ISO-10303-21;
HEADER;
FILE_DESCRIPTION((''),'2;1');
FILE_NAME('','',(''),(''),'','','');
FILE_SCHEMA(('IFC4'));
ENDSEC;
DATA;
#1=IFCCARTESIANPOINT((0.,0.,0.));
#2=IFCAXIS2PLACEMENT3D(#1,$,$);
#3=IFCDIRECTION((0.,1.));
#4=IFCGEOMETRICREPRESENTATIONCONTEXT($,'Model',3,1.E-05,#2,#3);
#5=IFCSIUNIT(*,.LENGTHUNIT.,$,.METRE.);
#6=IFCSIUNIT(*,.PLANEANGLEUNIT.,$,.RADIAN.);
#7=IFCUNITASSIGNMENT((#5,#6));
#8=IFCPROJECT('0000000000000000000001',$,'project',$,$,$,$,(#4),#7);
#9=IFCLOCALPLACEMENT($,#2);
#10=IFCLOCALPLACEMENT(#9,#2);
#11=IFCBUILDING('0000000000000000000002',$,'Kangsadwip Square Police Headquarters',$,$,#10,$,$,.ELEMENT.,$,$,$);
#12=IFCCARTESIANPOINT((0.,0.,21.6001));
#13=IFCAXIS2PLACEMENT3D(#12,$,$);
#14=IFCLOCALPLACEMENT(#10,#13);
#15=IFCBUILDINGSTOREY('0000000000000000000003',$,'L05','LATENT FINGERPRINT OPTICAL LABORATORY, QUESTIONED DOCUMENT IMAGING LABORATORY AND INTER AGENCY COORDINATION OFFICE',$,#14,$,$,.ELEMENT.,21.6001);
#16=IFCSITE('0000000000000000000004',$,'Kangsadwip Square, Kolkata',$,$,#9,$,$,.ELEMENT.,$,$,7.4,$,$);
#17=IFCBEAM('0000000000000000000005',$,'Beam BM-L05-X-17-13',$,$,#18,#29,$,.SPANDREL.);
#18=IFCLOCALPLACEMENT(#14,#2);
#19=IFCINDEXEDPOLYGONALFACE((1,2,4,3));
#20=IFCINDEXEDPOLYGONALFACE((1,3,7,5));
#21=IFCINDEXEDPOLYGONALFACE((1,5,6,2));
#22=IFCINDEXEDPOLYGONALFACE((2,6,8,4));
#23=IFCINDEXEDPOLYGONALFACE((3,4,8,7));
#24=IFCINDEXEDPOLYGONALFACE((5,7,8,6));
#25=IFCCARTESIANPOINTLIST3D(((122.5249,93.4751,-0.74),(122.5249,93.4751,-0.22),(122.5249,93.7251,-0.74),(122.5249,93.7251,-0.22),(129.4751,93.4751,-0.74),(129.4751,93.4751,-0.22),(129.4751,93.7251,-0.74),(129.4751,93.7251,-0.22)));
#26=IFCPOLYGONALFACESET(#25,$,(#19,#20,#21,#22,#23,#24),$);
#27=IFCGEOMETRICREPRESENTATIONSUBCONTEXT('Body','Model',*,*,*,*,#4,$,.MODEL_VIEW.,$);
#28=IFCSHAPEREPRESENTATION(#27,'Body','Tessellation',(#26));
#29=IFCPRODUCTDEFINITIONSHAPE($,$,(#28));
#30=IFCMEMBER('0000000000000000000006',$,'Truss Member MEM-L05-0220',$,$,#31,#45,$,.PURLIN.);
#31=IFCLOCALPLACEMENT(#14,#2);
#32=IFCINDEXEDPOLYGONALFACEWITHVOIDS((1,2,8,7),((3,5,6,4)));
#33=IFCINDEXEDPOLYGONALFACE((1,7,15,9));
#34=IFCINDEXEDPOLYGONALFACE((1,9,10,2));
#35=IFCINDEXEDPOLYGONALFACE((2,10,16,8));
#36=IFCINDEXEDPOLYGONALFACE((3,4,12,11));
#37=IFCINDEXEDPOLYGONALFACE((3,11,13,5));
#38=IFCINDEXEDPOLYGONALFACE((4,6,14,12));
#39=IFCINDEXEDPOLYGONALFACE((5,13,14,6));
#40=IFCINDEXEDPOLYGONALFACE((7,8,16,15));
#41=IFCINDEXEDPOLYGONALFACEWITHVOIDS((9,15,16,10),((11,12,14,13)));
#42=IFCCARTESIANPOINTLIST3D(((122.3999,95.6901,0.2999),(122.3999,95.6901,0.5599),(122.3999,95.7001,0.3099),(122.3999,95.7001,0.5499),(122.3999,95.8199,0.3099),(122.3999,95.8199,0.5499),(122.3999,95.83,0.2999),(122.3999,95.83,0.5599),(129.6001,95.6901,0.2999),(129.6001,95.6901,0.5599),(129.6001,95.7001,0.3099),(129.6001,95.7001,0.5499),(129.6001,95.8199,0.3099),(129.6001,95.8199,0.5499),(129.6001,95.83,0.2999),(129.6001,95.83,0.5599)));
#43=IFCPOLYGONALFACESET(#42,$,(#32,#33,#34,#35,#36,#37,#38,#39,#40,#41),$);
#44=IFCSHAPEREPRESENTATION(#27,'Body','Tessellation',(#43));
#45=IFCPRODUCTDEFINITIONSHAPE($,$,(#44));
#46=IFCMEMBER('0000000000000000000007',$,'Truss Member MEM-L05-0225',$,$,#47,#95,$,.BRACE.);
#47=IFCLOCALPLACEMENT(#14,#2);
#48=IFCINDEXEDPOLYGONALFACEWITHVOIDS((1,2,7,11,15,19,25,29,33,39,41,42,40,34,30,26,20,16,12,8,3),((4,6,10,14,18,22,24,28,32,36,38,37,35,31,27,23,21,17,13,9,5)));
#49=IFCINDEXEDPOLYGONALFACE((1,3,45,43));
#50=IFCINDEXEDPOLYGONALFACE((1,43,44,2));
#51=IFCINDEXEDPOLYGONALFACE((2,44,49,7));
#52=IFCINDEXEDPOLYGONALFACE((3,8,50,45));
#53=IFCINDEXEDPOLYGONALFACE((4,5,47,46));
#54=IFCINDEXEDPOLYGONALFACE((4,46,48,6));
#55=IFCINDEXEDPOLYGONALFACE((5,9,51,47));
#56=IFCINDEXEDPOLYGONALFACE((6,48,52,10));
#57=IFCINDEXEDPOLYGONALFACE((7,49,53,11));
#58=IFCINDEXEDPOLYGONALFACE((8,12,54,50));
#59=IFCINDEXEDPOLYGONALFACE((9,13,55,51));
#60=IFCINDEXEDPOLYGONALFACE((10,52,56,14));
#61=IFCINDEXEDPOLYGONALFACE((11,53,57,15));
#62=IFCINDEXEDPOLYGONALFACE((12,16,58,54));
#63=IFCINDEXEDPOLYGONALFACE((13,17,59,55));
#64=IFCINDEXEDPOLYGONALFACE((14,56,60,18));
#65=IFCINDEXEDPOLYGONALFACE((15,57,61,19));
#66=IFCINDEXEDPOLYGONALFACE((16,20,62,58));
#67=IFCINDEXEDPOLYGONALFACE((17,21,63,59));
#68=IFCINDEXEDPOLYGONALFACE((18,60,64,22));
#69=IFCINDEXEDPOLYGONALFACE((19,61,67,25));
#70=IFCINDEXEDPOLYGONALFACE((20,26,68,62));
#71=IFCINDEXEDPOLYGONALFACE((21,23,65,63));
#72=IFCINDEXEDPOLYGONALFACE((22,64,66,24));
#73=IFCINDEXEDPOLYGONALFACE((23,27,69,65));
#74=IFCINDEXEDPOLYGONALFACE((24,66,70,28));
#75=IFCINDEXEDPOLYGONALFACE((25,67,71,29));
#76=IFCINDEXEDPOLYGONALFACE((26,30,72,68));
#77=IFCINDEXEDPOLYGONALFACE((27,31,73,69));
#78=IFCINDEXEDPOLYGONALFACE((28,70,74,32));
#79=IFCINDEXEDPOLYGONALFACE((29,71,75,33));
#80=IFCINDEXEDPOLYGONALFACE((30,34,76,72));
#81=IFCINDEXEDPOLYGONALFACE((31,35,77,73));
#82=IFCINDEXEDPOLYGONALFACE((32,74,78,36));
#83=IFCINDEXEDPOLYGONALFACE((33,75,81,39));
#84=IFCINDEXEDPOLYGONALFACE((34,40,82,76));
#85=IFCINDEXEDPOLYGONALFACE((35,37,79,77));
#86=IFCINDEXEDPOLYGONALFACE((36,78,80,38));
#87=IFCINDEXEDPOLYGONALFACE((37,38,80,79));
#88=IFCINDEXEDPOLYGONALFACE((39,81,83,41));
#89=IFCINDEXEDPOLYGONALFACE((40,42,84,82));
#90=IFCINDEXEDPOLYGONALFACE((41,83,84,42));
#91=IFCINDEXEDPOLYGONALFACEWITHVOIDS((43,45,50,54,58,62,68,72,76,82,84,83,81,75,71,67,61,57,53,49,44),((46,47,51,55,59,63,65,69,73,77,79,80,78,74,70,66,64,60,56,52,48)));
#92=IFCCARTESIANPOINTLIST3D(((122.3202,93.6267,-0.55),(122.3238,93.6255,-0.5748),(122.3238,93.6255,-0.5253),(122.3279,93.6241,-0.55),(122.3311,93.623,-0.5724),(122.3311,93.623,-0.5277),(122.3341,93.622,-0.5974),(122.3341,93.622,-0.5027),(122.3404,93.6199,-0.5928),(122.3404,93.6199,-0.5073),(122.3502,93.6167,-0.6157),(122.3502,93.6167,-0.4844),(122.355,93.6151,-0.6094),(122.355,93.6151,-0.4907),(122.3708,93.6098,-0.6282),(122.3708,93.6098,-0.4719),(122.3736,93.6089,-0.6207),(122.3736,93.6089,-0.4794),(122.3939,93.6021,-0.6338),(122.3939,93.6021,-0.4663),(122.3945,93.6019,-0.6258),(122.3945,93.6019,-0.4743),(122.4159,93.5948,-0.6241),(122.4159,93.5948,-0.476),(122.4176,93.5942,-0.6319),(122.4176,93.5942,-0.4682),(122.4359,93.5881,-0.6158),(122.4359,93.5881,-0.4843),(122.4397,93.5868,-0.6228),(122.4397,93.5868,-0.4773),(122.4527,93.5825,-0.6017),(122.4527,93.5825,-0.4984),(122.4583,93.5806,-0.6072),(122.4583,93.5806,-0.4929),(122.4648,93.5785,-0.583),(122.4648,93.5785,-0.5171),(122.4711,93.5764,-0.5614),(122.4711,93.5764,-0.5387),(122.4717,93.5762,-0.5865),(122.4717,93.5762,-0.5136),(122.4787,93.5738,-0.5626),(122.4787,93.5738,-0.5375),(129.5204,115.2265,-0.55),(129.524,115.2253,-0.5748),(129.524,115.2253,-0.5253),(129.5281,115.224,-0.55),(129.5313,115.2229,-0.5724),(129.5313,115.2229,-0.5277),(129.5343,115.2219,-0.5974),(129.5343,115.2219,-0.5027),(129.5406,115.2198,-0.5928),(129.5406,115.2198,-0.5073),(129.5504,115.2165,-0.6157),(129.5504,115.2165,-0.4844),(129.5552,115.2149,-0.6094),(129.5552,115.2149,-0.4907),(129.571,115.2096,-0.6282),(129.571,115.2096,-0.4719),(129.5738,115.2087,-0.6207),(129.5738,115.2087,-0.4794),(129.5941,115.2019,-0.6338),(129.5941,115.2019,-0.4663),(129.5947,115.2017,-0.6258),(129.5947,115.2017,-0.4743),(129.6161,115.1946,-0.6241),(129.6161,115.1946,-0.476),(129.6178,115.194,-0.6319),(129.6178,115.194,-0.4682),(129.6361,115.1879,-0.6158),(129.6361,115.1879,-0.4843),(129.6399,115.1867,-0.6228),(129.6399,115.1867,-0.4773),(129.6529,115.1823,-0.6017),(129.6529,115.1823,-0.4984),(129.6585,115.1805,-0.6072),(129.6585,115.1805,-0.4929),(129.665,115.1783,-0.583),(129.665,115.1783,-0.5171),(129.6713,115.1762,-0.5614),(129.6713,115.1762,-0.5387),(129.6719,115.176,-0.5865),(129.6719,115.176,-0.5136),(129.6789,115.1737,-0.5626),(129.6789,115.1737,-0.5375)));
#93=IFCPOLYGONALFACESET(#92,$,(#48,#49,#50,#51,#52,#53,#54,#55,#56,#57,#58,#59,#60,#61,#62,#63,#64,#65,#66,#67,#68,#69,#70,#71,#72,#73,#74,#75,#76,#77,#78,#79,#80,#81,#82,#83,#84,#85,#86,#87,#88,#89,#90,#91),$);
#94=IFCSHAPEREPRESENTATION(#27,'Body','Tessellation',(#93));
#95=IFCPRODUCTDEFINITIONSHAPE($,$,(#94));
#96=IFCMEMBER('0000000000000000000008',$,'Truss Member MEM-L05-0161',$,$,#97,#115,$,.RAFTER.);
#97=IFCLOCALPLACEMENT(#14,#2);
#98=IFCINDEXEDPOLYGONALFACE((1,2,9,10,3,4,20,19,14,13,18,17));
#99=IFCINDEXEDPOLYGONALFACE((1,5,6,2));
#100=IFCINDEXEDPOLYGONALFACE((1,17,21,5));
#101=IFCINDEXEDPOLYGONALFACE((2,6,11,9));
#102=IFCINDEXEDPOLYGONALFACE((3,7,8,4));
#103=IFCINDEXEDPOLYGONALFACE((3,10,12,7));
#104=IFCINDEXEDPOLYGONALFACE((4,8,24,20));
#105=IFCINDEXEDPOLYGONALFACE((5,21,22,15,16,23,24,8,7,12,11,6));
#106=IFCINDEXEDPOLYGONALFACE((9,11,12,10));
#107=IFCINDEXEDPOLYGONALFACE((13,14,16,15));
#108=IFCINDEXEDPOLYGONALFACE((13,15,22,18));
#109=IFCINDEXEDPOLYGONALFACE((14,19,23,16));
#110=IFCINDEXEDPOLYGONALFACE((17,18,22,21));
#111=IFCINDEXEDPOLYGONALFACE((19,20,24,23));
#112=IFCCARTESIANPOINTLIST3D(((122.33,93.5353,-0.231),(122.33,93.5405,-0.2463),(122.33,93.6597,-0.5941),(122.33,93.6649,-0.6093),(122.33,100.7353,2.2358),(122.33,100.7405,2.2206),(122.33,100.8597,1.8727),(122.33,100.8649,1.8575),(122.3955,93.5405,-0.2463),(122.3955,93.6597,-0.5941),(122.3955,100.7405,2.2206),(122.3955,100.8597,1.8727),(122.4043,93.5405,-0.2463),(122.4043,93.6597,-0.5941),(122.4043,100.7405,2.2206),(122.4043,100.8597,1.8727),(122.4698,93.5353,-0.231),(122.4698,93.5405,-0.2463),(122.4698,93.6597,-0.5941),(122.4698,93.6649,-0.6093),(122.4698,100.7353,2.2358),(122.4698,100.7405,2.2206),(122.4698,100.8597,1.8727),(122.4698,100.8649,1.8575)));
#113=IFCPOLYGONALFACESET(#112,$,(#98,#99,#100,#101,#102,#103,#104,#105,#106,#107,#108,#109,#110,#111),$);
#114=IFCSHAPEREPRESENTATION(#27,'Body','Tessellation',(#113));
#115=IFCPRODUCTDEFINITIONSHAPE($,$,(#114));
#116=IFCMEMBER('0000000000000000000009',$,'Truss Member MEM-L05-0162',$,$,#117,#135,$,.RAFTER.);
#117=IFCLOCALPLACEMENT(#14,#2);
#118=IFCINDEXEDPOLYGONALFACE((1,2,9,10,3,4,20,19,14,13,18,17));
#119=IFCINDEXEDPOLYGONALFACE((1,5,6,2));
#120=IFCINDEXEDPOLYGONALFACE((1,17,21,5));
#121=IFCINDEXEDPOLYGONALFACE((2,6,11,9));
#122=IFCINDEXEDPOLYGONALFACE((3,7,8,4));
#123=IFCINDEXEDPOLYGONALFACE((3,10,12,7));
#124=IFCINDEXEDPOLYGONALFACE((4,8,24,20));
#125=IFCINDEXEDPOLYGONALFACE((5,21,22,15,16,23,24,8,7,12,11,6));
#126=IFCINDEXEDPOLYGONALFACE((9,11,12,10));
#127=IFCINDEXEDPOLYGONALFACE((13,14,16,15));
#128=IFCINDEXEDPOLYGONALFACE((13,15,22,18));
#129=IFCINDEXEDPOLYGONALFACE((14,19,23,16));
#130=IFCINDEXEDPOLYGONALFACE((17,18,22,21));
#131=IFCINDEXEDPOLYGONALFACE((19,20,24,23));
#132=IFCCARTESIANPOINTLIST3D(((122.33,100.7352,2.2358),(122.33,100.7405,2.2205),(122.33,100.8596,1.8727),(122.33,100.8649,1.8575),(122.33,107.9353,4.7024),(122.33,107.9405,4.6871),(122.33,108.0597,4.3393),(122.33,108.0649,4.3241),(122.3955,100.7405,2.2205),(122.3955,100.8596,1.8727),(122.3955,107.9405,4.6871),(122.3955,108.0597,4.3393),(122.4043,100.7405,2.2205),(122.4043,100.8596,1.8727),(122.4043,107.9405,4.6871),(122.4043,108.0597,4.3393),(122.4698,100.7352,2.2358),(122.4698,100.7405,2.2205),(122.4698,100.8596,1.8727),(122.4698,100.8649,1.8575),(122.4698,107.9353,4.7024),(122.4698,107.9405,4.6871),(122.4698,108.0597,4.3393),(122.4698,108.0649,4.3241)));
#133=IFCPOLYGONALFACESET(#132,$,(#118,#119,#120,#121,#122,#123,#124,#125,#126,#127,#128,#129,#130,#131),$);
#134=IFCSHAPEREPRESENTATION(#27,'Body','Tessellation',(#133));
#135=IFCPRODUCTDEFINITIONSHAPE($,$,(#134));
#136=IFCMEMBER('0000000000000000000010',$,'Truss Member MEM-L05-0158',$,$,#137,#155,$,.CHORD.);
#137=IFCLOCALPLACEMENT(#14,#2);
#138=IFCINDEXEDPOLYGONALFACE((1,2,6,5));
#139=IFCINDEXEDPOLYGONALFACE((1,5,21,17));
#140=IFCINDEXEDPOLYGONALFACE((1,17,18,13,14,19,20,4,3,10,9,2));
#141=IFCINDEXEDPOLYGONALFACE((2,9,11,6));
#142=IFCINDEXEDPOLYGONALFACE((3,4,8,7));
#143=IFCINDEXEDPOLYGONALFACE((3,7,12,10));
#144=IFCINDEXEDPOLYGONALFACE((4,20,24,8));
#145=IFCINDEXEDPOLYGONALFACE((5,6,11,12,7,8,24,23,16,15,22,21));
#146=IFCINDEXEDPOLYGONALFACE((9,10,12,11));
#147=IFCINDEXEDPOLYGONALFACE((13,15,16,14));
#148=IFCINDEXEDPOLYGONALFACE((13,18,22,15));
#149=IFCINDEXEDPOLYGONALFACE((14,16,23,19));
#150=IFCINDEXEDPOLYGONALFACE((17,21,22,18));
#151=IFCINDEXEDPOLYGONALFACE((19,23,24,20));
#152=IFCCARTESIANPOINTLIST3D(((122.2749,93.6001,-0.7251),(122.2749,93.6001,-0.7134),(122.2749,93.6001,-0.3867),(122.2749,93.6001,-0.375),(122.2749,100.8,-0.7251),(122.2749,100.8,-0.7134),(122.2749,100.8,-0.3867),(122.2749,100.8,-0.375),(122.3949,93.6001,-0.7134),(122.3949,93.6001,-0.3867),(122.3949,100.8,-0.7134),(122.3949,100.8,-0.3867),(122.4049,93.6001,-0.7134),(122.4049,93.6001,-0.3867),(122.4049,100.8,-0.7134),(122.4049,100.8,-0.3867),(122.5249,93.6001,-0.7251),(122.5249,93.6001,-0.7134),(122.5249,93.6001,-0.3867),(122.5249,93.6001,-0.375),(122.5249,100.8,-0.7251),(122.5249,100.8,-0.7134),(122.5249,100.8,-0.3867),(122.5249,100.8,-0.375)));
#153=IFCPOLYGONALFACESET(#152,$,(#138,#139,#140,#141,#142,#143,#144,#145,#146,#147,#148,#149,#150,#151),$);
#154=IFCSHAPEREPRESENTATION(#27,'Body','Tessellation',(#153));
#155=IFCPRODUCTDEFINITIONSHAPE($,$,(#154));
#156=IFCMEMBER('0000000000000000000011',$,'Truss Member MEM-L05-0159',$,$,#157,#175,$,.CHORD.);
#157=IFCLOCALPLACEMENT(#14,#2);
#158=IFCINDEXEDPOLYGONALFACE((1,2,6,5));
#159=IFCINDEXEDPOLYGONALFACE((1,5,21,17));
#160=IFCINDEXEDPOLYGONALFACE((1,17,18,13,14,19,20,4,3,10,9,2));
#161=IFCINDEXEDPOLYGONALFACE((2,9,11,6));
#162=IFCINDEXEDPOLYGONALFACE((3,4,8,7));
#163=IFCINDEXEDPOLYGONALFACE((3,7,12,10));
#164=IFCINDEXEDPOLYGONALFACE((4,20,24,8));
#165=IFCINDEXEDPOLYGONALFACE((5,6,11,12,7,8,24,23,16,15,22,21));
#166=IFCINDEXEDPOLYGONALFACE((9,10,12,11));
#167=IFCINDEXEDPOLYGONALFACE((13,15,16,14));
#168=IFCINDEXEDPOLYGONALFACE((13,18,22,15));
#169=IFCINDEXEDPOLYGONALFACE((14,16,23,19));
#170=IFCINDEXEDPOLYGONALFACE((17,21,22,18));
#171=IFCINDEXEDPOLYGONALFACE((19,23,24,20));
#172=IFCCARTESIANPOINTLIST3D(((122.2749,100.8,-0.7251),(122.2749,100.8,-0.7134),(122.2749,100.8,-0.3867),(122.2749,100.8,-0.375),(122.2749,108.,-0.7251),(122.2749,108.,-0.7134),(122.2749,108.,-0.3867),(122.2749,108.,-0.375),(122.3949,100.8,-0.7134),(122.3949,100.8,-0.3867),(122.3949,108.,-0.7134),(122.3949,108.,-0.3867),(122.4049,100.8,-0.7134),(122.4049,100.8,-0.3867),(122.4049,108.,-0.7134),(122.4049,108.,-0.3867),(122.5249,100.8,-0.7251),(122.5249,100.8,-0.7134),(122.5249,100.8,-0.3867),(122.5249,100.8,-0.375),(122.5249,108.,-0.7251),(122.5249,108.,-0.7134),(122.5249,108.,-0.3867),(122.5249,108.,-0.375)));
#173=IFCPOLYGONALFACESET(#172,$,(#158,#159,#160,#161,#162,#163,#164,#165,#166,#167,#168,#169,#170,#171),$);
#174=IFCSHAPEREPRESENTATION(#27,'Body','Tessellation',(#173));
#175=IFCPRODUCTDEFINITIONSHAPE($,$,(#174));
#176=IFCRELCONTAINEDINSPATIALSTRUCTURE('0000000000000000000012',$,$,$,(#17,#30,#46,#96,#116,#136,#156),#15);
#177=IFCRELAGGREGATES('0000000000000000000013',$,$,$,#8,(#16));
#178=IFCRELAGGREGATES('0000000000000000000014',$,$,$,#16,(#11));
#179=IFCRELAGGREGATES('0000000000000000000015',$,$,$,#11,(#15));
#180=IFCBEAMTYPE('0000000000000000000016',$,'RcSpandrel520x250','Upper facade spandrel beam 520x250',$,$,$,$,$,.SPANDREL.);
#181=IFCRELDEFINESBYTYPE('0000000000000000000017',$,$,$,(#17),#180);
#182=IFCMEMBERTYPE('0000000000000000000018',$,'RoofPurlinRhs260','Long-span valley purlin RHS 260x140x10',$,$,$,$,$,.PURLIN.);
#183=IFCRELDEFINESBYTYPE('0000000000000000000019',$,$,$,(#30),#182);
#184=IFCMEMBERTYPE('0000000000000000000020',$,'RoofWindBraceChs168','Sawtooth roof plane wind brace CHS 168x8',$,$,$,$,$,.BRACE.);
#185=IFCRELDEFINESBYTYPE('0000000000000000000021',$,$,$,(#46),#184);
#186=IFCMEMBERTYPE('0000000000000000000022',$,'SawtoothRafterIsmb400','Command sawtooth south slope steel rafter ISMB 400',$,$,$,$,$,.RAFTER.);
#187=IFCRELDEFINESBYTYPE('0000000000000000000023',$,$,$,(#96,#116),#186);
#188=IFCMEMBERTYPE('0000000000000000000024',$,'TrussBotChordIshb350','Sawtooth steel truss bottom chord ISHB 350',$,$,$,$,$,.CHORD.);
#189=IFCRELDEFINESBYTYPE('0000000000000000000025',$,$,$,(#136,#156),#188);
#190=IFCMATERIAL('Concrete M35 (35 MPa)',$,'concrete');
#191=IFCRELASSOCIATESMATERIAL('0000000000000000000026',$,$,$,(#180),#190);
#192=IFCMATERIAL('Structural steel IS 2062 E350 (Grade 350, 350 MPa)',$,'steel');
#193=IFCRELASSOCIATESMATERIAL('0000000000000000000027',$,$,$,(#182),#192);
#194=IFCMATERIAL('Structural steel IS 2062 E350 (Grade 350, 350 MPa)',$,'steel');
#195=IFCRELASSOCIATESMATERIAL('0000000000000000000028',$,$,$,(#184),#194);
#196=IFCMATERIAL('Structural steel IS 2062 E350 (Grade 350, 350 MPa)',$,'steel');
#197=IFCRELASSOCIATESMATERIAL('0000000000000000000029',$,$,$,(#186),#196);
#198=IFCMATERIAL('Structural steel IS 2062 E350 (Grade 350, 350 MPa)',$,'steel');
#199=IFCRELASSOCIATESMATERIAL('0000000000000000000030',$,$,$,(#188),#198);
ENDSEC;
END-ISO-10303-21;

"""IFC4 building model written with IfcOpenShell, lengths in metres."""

from ifc_helpers import new_model, si_unit, direction, frame, origin, origin_2d, place, context, subcontext, project, spatial, rectangle, hollow_rectangle, hollow_circle, i_section, extrude, material, material_profile, profile_set, type_object, element, save


model = new_model("IFC4")

# Units and contexts
model_context = context("Model", 3, precision=1e-05, world=origin(), true_north=direction((0.0, 1.0)))
body_context = subcontext(model_context, "Body", "Model", "MODEL_VIEW")
ifc_project = project(units=[si_unit("LENGTHUNIT", "METRE"), si_unit("PLANEANGLEUNIT", "RADIAN")], contexts=[model_context])

# Site, building, storey
site_placement = place(None, origin())
site = spatial("IfcSite", under=ifc_project, at=site_placement, Name="Kangsadwip Square, Kolkata", CompositionType="ELEMENT", RefElevation=7.4)
building_placement = place(site_placement, origin())
building = spatial("IfcBuilding", under=site, at=building_placement, Name="Kangsadwip Square Police Headquarters", CompositionType="ELEMENT")
storey_placement = place(building_placement, frame((0.0, 0.0, 21.6001)))
storey = spatial("IfcBuildingStorey", under=building, at=storey_placement, Name="L05", Description="LATENT FINGERPRINT OPTICAL LABORATORY, QUESTIONED DOCUMENT IMAGING LABORATORY AND INTER AGENCY COORDINATION OFFICE", CompositionType="ELEMENT", Elevation=21.6001)

# Beam
ifc_material_1 = material(Name="Concrete M35 (35 MPa)", Category="concrete")
ifc_material_profile_1 = material_profile(ifc_material_1, rectangle(XDim=0.25, YDim=0.52, at=origin_2d()), Name="RC SPN 520X250")
ifc_profile_set_1 = profile_set([ifc_material_profile_1], Name="Concrete M35 (35 MPa)")
beam_type = type_object("IfcBeamType", Name="RcSpandrel520x250", Description="Upper facade spandrel beam 520x250", PredefinedType="SPANDREL", material=ifc_profile_set_1)
beam_placement = place(storey_placement, frame((122.5249, 93.6001, -0.48), z_axis=(1.0, 0.0, 0.0), x_axis=(0.0, 1.0, 0.0)))
element("IfcBeam", 1, at=beam_placement, inside=storey, type_object=beam_type, Name="Beam BM-L05-X-17-13", PredefinedType="SPANDREL", context=body_context, shape_type="SweptSolid", body=[
    extrude(rectangle(XDim=0.25, YDim=0.52, at=origin_2d()), origin(), (0.0, 0.0, 1.0), 6.9502),
])

# Members
ifc_material_2 = material(Name="Structural steel IS 2062 E350 (Grade 350, 350 MPa)", Category="steel")
ifc_material_profile_2 = material_profile(ifc_material_2, hollow_rectangle(XDim=0.1399, YDim=0.26, WallThickness=0.01, at=origin_2d()), Name="RHS 260X140X10")
ifc_profile_set_2 = profile_set([ifc_material_profile_2], Name="Structural steel IS 2062 E350 (Grade 350, 350 MPa)")
member_type_1 = type_object("IfcMemberType", Name="RoofPurlinRhs260", Description="Long-span valley purlin RHS 260x140x10", PredefinedType="PURLIN", material=ifc_profile_set_2)
member_1_placement = place(storey_placement, frame((122.3999, 95.76, 0.4299), z_axis=(1.0, 0.0, 0.0), x_axis=(0.0, 1.0, 0.0)))
element("IfcMember", 2, at=member_1_placement, inside=storey, type_object=member_type_1, Name="Truss Member MEM-L05-0220", PredefinedType="PURLIN", context=body_context, shape_type="SweptSolid", body=[
    extrude(hollow_rectangle(XDim=0.1399, YDim=0.26, WallThickness=0.01, at=origin_2d()), origin(), (0.0, 0.0, 1.0), 7.2002),
])
ifc_material_3 = material(Name="Structural steel IS 2062 E350 (Grade 350, 350 MPa)", Category="steel")
ifc_material_profile_3 = material_profile(ifc_material_3, hollow_circle(Radius=0.084, WallThickness=0.0081, at=origin_2d()), Name="CHS 168X8")
ifc_profile_set_3 = profile_set([ifc_material_profile_3], Name="Structural steel IS 2062 E350 (Grade 350, 350 MPa)")
member_type_2 = type_object("IfcMemberType", Name="RoofWindBraceChs168", Description="Sawtooth roof plane wind brace CHS 168x8", PredefinedType="BRACE", material=ifc_profile_set_3)
member_2_placement = place(storey_placement, frame((122.3999, 93.6001, -0.55), z_axis=(0.316237, 0.94868, 0.0), x_axis=(-0.94868, 0.316237, 0.0)))
element("IfcMember", 3, at=member_2_placement, inside=storey, type_object=member_type_2, Name="Truss Member MEM-L05-0225", PredefinedType="BRACE", context=body_context, shape_type="SweptSolid", body=[
    extrude(hollow_circle(Radius=0.084, WallThickness=0.0081, at=origin_2d()), origin(), (0.0, 0.0, 1.0), 22.7683),
])
ifc_material_4 = material(Name="Structural steel IS 2062 E350 (Grade 350, 350 MPa)", Category="steel")
ifc_material_profile_4 = material_profile(ifc_material_4, i_section(OverallWidth=0.1399, OverallDepth=0.3999, WebThickness=0.0088, FlangeThickness=0.0161, at=origin_2d()), Name="ISMB 400")
ifc_profile_set_4 = profile_set([ifc_material_profile_4], Name="Structural steel IS 2062 E350 (Grade 350, 350 MPa)")
member_type_3 = type_object("IfcMemberType", Name="SawtoothRafterIsmb400", Description="Command sawtooth south slope steel rafter ISMB 400", PredefinedType="RAFTER", material=ifc_profile_set_4)
for number, where, z_axis, x_axis, name in (
    (4, (122.3999, 93.6001, -0.4202), (0.0, 0.946017, 0.324118), (-1.0, 0.0, 0.0), "Truss Member MEM-L05-0161"),
    (5, (122.3999, 100.8, 2.0466), (0.0, 0.946027, 0.324089), (-1.0, 0.0, 0.0), "Truss Member MEM-L05-0162"),
):
    element("IfcMember", number, at=place(storey_placement, frame(where, z_axis=z_axis, x_axis=x_axis)), inside=storey, type_object=member_type_3, Name=name, PredefinedType="RAFTER", context=body_context, shape_type="SweptSolid", body=[
        extrude(i_section(OverallWidth=0.1399, OverallDepth=0.3999, WebThickness=0.0088, FlangeThickness=0.0161, at=origin_2d()), origin(), (0.0, 0.0, 1.0), 7.6108),
    ])
ifc_material_5 = material(Name="Structural steel IS 2062 E350 (Grade 350, 350 MPa)", Category="steel")
ifc_material_profile_5 = material_profile(ifc_material_5, i_section(OverallWidth=0.25, OverallDepth=0.3501, WebThickness=0.01, FlangeThickness=0.0117, at=origin_2d()), Name="ISHB 350")
ifc_profile_set_5 = profile_set([ifc_material_profile_5], Name="Structural steel IS 2062 E350 (Grade 350, 350 MPa)")
member_type_4 = type_object("IfcMemberType", Name="TrussBotChordIshb350", Description="Sawtooth steel truss bottom chord ISHB 350", PredefinedType="CHORD", material=ifc_profile_set_5)
for number, where, z_axis, x_axis, name in (
    (6, (122.3999, 93.6001, -0.55), (0.0, 1.0, 0.0), (-1.0, 0.0, 0.0), "Truss Member MEM-L05-0158"),
    (7, (122.3999, 100.8, -0.55), (0.0, 1.0, 0.0), (-1.0, 0.0, 0.0), "Truss Member MEM-L05-0159"),
):
    element("IfcMember", number, at=place(storey_placement, frame(where, z_axis=z_axis, x_axis=x_axis)), inside=storey, type_object=member_type_4, Name=name, PredefinedType="CHORD", context=body_context, shape_type="SweptSolid", body=[
        extrude(i_section(OverallWidth=0.25, OverallDepth=0.3501, WebThickness=0.01, FlangeThickness=0.0117, at=origin_2d()), origin(), (0.0, 0.0, 1.0), 7.2),
    ])

save(model, "model.ifc")
